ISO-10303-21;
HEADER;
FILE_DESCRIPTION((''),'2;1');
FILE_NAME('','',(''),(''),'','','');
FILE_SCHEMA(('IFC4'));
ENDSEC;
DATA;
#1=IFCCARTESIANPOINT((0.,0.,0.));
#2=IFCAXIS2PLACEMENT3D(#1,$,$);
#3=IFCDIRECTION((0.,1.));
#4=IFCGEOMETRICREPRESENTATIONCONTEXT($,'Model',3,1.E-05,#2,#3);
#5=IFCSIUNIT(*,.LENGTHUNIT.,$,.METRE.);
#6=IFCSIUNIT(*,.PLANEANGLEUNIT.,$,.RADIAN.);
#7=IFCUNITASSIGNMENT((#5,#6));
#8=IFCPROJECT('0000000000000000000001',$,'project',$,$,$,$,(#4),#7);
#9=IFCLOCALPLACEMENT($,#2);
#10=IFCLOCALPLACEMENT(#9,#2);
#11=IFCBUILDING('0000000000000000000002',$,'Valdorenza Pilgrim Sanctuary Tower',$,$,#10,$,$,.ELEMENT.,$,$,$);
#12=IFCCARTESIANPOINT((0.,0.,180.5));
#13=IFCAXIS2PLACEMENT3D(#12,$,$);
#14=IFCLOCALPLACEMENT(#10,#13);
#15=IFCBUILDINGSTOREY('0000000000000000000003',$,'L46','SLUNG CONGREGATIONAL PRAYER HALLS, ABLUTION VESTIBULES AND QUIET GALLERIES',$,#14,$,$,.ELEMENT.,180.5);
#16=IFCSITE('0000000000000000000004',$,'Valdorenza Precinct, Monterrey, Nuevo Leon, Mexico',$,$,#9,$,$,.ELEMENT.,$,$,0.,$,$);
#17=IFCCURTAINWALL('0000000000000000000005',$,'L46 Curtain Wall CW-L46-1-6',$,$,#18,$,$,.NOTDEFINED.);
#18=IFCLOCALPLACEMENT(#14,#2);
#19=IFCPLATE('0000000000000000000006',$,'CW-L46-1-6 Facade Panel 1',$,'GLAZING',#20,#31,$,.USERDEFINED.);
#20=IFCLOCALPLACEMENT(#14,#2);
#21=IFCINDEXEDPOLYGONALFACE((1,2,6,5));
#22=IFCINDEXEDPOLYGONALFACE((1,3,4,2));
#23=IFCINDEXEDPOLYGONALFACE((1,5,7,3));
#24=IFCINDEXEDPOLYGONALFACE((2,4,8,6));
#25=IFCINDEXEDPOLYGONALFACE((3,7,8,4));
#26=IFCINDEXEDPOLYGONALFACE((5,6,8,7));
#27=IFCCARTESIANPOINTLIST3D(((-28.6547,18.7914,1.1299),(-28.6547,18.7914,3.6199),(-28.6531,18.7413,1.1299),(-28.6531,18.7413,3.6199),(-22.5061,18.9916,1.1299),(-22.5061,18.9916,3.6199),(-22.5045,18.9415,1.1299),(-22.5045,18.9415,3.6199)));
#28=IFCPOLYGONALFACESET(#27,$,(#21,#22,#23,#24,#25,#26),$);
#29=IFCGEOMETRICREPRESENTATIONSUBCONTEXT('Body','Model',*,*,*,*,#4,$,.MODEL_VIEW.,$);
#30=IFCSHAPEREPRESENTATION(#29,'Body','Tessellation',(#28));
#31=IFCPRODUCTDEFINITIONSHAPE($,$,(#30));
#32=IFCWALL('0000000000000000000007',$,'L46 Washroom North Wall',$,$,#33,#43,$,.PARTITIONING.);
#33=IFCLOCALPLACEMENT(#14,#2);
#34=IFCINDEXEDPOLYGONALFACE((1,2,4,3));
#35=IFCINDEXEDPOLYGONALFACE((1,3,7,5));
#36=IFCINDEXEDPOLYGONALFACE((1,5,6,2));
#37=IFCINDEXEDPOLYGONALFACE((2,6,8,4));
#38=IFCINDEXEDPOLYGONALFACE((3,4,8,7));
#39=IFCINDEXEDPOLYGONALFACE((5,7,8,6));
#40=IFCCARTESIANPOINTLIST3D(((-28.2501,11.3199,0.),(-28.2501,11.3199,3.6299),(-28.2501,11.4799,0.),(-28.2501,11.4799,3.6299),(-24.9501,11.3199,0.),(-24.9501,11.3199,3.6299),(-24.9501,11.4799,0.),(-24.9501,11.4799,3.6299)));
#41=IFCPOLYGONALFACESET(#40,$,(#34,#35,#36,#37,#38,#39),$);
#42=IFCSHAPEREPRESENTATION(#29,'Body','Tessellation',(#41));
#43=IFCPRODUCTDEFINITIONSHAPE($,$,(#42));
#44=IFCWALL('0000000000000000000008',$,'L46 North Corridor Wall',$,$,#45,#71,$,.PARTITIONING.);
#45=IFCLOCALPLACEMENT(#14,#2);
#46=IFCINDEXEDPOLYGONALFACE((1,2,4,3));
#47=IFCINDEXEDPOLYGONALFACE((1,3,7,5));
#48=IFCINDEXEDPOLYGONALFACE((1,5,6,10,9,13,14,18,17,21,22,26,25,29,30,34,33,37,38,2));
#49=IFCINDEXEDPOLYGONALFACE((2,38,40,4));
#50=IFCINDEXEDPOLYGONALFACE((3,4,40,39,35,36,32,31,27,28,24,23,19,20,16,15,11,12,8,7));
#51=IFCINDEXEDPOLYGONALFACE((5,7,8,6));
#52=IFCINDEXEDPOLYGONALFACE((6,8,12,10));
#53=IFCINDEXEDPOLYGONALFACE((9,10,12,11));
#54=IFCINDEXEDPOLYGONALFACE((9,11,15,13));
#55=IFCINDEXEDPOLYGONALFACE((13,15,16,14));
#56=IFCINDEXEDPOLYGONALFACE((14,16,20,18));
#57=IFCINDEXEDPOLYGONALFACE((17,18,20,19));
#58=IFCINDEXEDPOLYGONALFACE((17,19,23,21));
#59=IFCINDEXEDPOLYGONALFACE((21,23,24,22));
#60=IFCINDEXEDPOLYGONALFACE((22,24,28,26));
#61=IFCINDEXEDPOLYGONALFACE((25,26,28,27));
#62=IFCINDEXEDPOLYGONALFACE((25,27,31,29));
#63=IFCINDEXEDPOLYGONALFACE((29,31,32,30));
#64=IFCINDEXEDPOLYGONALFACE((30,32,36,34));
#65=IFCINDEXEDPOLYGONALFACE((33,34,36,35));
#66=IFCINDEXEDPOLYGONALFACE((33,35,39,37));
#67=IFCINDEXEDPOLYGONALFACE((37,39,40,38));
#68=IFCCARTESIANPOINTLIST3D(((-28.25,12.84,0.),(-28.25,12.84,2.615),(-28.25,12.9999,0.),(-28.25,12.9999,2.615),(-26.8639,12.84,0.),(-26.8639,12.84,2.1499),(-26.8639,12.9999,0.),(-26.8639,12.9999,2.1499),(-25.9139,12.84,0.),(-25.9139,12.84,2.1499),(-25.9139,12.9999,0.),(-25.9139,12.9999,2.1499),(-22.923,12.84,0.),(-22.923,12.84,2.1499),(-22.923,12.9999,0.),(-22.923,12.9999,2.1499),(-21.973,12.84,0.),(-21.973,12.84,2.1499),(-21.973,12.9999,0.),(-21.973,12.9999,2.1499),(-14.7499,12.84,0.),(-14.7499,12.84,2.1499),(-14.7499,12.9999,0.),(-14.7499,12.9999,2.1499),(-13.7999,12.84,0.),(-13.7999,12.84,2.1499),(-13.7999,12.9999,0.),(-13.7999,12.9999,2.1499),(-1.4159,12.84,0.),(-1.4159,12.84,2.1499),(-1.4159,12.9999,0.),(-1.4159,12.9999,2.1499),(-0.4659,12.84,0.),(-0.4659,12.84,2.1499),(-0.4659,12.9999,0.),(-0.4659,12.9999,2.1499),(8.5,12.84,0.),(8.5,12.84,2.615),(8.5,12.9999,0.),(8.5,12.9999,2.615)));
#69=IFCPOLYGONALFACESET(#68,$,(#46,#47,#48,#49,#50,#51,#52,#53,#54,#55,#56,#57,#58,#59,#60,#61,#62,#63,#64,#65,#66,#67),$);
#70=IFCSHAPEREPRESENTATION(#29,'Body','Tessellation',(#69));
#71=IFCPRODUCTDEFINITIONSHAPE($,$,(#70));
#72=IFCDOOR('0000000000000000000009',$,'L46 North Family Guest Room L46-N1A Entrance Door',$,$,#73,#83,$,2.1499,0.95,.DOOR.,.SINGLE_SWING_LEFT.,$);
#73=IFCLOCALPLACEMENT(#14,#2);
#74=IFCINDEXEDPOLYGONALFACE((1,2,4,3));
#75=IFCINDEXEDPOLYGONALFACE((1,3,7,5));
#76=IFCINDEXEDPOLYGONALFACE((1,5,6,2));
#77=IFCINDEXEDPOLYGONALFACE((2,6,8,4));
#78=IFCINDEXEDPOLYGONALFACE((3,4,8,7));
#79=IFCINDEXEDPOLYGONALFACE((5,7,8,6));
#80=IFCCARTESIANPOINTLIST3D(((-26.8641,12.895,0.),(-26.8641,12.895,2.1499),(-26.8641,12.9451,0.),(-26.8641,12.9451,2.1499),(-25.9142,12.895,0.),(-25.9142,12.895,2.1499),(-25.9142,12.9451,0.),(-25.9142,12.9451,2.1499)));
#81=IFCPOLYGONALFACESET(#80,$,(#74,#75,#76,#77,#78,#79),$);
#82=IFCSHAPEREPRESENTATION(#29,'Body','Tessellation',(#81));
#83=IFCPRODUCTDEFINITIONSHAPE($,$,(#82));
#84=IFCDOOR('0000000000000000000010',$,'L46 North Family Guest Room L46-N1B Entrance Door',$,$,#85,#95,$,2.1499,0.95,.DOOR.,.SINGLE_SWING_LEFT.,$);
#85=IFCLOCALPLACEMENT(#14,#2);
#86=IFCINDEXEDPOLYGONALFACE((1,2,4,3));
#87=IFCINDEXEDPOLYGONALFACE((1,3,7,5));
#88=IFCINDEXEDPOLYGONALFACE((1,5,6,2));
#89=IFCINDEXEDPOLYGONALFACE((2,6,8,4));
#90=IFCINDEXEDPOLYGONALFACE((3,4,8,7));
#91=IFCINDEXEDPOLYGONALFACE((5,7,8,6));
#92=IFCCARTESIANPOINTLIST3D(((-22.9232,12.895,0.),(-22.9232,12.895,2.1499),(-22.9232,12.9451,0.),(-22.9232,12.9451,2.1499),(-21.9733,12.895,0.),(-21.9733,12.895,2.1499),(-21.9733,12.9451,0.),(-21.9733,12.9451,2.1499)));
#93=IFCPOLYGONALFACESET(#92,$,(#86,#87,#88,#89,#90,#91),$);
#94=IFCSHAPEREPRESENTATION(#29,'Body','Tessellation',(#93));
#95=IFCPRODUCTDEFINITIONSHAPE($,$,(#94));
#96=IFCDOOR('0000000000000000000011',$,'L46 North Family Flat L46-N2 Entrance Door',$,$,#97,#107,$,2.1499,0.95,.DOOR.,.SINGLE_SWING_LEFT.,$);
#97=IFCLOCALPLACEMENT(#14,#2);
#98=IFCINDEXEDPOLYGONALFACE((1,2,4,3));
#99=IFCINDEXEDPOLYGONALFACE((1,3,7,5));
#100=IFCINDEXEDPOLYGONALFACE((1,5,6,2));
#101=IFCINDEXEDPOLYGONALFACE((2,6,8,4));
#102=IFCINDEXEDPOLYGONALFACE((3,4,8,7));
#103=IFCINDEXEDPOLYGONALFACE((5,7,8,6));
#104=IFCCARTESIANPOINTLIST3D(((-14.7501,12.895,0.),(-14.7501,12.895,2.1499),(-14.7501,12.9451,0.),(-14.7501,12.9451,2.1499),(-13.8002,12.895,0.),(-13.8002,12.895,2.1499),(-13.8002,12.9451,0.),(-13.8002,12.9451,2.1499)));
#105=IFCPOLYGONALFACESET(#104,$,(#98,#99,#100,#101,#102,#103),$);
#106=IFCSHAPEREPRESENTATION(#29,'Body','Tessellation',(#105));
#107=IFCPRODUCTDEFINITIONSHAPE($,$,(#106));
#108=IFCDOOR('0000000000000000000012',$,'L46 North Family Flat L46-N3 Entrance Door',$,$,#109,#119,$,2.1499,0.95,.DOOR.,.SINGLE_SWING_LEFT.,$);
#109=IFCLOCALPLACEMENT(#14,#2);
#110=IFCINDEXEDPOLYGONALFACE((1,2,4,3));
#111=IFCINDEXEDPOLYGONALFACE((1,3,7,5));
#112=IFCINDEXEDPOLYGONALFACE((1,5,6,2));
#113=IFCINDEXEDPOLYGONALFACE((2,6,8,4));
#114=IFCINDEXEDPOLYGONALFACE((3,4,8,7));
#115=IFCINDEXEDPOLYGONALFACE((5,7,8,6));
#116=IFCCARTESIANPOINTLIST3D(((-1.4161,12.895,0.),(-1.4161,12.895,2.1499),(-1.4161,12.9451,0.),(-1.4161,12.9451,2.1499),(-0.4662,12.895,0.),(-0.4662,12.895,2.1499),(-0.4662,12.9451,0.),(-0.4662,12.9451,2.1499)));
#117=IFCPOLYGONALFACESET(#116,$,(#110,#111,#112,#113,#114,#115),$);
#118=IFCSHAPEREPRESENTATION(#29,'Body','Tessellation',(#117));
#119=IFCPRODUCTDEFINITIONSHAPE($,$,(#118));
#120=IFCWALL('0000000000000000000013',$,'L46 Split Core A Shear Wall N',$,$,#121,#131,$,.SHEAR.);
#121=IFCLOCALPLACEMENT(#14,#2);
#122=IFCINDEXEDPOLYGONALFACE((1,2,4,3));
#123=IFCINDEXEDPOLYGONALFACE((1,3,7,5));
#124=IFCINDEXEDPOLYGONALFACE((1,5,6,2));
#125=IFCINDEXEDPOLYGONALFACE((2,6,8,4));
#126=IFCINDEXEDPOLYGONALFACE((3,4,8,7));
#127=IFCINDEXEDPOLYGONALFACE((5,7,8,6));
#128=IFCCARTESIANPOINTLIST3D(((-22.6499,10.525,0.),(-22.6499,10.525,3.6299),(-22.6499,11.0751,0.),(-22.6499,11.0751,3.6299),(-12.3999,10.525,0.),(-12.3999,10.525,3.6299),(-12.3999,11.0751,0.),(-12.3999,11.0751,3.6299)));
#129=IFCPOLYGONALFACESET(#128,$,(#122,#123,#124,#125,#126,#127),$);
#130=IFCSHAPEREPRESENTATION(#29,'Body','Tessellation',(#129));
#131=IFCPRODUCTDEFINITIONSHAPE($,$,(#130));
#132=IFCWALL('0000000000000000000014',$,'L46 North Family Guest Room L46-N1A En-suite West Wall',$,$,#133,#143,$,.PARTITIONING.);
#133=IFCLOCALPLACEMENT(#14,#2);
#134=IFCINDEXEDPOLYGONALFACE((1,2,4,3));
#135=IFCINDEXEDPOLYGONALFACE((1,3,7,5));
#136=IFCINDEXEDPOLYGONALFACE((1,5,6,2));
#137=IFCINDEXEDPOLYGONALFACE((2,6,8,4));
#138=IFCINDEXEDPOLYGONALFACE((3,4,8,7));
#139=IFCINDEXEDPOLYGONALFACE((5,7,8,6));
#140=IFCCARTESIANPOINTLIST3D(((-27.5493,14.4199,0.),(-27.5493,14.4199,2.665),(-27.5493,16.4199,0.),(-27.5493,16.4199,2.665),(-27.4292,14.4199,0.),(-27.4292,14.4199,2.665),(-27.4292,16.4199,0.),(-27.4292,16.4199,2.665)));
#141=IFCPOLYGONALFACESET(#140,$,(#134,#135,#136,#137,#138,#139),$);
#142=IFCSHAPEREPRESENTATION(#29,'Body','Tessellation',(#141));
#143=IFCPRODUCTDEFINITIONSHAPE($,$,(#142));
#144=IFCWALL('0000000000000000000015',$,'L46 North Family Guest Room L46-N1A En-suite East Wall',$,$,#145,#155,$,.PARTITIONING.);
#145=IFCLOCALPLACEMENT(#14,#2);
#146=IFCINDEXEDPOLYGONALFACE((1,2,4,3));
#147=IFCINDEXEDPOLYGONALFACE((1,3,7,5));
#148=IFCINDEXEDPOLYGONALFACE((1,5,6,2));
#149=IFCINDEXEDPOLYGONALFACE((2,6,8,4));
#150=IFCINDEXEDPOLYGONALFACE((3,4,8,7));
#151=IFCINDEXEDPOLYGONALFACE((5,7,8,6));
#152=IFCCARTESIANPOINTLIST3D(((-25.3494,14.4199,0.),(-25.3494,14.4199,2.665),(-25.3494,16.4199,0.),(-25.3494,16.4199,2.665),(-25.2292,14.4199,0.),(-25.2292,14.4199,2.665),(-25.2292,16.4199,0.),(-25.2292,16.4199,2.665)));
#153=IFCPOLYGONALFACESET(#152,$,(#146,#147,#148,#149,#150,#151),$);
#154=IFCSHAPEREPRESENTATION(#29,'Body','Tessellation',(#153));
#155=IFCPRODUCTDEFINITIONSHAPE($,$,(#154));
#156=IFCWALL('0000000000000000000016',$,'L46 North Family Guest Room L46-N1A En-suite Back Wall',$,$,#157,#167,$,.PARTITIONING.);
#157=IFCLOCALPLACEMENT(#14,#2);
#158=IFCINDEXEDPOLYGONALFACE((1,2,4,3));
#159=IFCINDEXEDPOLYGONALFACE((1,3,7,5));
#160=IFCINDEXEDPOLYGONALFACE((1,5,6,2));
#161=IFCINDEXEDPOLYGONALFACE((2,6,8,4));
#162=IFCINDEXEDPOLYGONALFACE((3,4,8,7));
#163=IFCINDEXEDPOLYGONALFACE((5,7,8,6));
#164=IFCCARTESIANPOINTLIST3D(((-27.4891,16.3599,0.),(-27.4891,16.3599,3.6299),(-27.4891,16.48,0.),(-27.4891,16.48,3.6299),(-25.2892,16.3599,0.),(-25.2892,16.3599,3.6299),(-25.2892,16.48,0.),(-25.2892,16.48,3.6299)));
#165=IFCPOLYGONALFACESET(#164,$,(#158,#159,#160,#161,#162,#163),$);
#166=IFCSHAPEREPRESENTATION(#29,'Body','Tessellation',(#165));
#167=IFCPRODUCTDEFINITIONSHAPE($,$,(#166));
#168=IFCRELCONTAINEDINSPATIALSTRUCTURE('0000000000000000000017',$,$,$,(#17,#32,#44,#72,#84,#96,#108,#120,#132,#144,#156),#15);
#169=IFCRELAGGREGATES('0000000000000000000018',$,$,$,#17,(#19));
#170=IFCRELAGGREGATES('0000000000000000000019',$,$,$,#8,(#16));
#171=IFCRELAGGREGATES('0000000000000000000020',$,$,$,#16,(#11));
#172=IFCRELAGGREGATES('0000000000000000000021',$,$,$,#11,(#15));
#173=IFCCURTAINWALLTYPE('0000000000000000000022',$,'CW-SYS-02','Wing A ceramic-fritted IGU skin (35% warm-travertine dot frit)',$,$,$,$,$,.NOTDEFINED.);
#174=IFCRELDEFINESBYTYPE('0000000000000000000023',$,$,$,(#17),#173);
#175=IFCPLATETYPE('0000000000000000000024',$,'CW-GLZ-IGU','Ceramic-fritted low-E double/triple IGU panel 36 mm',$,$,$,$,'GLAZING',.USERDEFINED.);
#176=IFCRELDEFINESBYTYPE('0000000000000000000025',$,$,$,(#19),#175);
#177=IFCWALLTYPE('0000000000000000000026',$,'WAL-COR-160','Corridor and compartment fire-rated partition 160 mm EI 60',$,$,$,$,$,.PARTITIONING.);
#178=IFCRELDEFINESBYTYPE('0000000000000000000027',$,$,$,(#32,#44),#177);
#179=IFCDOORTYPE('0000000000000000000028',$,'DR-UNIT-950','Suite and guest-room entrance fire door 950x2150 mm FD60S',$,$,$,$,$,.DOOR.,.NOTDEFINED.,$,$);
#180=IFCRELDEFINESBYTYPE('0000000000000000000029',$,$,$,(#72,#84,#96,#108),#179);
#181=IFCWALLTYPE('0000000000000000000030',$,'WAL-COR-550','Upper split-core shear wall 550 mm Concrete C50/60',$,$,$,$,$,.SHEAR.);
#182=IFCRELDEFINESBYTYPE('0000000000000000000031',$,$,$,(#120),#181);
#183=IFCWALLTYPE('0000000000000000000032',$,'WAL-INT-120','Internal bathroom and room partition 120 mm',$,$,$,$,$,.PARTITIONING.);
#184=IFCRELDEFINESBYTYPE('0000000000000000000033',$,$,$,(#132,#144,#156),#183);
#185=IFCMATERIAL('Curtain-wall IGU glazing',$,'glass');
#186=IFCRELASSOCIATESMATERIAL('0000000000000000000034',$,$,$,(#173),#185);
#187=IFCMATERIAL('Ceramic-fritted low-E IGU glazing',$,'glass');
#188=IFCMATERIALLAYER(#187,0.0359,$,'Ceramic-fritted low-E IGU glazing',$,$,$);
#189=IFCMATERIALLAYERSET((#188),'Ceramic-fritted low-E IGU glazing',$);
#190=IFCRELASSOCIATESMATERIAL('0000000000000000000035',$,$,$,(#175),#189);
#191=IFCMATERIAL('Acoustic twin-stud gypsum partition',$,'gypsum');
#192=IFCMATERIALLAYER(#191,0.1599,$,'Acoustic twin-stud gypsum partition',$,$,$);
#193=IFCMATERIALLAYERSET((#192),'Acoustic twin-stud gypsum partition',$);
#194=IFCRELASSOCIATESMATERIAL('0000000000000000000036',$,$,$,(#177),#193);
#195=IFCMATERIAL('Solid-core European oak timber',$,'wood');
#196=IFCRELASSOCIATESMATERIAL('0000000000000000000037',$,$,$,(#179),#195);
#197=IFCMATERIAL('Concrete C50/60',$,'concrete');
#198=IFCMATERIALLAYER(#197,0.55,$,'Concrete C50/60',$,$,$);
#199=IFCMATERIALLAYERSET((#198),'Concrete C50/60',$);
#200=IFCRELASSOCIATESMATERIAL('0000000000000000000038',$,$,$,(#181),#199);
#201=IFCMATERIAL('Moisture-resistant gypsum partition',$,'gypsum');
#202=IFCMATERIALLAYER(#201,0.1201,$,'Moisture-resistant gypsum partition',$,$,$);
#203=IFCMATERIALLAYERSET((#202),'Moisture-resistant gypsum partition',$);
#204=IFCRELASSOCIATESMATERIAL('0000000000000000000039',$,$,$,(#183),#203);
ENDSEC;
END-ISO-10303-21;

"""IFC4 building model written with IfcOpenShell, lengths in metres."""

from ifc_helpers import new_model, si_unit, direction, frame, frame_2d, origin, origin_2d, place, context, subcontext, project, spatial, rectangle, extrude, source, transform, mapped, material, layer, layer_set, type_object, element, fill, aggregate, save


model = new_model("IFC4")

# Units and contexts
model_context = context("Model", 3, precision=1e-05, world=origin(), true_north=direction((0.0, 1.0)))
body_context = subcontext(model_context, "Body", "Model", "MODEL_VIEW")
ifc_project = project(units=[si_unit("LENGTHUNIT", "METRE"), si_unit("PLANEANGLEUNIT", "RADIAN")], contexts=[model_context])

# Site, building, storey
site_placement = place(None, origin())
site = spatial("IfcSite", under=ifc_project, at=site_placement, Name="Valdorenza Precinct, Monterrey, Nuevo Leon, Mexico", CompositionType="ELEMENT", RefElevation=0.0)
building_placement = place(site_placement, origin())
building = spatial("IfcBuilding", under=site, at=building_placement, Name="Valdorenza Pilgrim Sanctuary Tower", CompositionType="ELEMENT")
storey_placement = place(building_placement, frame((0.0, 0.0, 180.5)))
storey = spatial("IfcBuildingStorey", under=building, at=storey_placement, Name="L46", Description="SLUNG CONGREGATIONAL PRAYER HALLS, ABLUTION VESTIBULES AND QUIET GALLERIES", CompositionType="ELEMENT", Elevation=180.5)

# Shared definitions
ifc_material_1 = material(Name="Concrete C50/60", Category="concrete")

# Curtain wall, plate
ifc_material_2 = material(Name="Curtain-wall IGU glazing", Category="glass")
curtain_wall_type = type_object("IfcCurtainWallType", Name="CW-SYS-02", Description="Wing A ceramic-fritted IGU skin (35% warm-travertine dot frit)", PredefinedType="NOTDEFINED", material=ifc_material_2)
curtain_wall_placement = place(storey_placement, origin())
curtain_wall = element("IfcCurtainWall", 1, at=curtain_wall_placement, inside=storey, type_object=curtain_wall_type, Name="L46 Curtain Wall CW-L46-1-6", PredefinedType="NOTDEFINED")
ifc_material_3 = material(Name="Ceramic-fritted low-E IGU glazing", Category="glass")
ifc_layer_1 = layer(ifc_material_3, 0.0359, Name="Ceramic-fritted low-E IGU glazing")
ifc_layer_set_1 = layer_set([ifc_layer_1], Name="Ceramic-fritted low-E IGU glazing")
plate_type_1 = type_object("IfcPlateType", Name="CW-GLZ-IGU", Description="Ceramic-fritted low-E double/triple IGU panel 36 mm", ElementType="GLAZING", PredefinedType="USERDEFINED", material=ifc_layer_set_1)
shared_shape_1 = source(origin(), body_context, "Body", "SweptSolid", [
    extrude(rectangle(XDim=6.1519, YDim=0.05, at=origin_2d()), origin(), (0.0, 0.0, 1.0), 2.49),
])
plate_1_placement = place(storey_placement, frame((-25.5796, 18.8665, 1.1299), z_axis=(0.0, 0.0, 1.0), x_axis=(0.99947, 0.032545, 0.0)))
plate_1 = element("IfcPlate", 2, at=plate_1_placement, type_object=plate_type_1, Name="CW-L46-1-6 Facade Panel 1", ObjectType="GLAZING", PredefinedType="USERDEFINED", context=body_context, shape_type="MappedRepresentation", body=[
    mapped(shared_shape_1, transform((0.0, 0.0, 0.0), x_axis=(1.0, 0.0, 0.0), y_axis=(0.0, 1.0, 0.0), z_axis=(0.0, 0.0, 1.0), scale=1.0)),
])
aggregate(curtain_wall, [plate_1])

# Wall
ifc_material_4 = material(Name="Acoustic twin-stud gypsum partition", Category="gypsum")
ifc_layer_2 = layer(ifc_material_4, 0.1599, Name="Acoustic twin-stud gypsum partition")
ifc_layer_set_2 = layer_set([ifc_layer_2], Name="Acoustic twin-stud gypsum partition")
wall_type_1 = type_object("IfcWallType", Name="WAL-COR-160", Description="Corridor and compartment fire-rated partition 160 mm EI 60", PredefinedType="PARTITIONING", material=ifc_layer_set_2)
wall_1_placement = place(storey_placement, frame((-28.25, 11.3999, 0.0), z_axis=(0.0, 0.0, 1.0), x_axis=(1.0, 0.0, 0.0)))
element("IfcWall", 3, at=wall_1_placement, inside=storey, type_object=wall_type_1, Name="L46 Washroom North Wall", PredefinedType="PARTITIONING", context=body_context, shape_type="SweptSolid", body=[
    extrude(rectangle(XDim=3.3, YDim=0.1599, at=frame_2d((1.6499, 0.0))), origin(), (0.0, 0.0, 1.0), 3.6299),
])

# Wall, openings, doors
wall_2_placement = place(storey_placement, frame((-28.25, 12.9199, 0.0), z_axis=(0.0, 0.0, 1.0), x_axis=(1.0, 0.0, 0.0)))
wall_2 = element("IfcWall", 4, at=wall_2_placement, inside=storey, type_object=wall_type_1, Name="L46 North Corridor Wall", PredefinedType="PARTITIONING", context=body_context, shape_type="SweptSolid", body=[
    extrude(rectangle(XDim=36.75, YDim=0.1599, at=frame_2d((18.375, 0.0))), origin(), (0.0, 0.0, 1.0), 2.615),
])
opening_1_placement = place(wall_2_placement, frame((1.386, 0.0, 0.0)))
opening_1 = element("IfcOpeningElement", 5, at=opening_1_placement, cuts=wall_2, PredefinedType="OPENING", context=body_context, shape_type="SweptSolid", body=[
    extrude(rectangle(XDim=0.95, YDim=2.1499, at=frame_2d((0.4751, 1.075))), frame((0.0, 0.0947, 0.0), z_axis=(0.0, -1.0, 0.0), x_axis=(1.0, 0.0, 0.0)), (0.0, 0.0, 1.0), 0.1897),
])
opening_2_placement = place(wall_2_placement, frame((5.3269, 0.0, 0.0)))
opening_2 = element("IfcOpeningElement", 6, at=opening_2_placement, cuts=wall_2, PredefinedType="OPENING", context=body_context, shape_type="SweptSolid", body=[
    extrude(rectangle(XDim=0.95, YDim=2.1499, at=frame_2d((0.4751, 1.075))), frame((0.0, 0.0947, 0.0), z_axis=(0.0, -1.0, 0.0), x_axis=(1.0, 0.0, 0.0)), (0.0, 0.0, 1.0), 0.1897),
])
opening_3_placement = place(wall_2_placement, frame((13.5, 0.0, 0.0)))
opening_3 = element("IfcOpeningElement", 7, at=opening_3_placement, cuts=wall_2, PredefinedType="OPENING", context=body_context, shape_type="SweptSolid", body=[
    extrude(rectangle(XDim=0.95, YDim=2.1499, at=frame_2d((0.4751, 1.075))), frame((0.0, 0.0947, 0.0), z_axis=(0.0, -1.0, 0.0), x_axis=(1.0, 0.0, 0.0)), (0.0, 0.0, 1.0), 0.1897),
])
opening_4_placement = place(wall_2_placement, frame((26.834, 0.0, 0.0)))
opening_4 = element("IfcOpeningElement", 8, at=opening_4_placement, cuts=wall_2, PredefinedType="OPENING", context=body_context, shape_type="SweptSolid", body=[
    extrude(rectangle(XDim=0.95, YDim=2.1499, at=frame_2d((0.4751, 1.075))), frame((0.0, 0.0947, 0.0), z_axis=(0.0, -1.0, 0.0), x_axis=(1.0, 0.0, 0.0)), (0.0, 0.0, 1.0), 0.1897),
])
ifc_material_5 = material(Name="Solid-core European oak timber", Category="wood")
door_type_1 = type_object("IfcDoorType", Name="DR-UNIT-950", Description="Suite and guest-room entrance fire door 950x2150 mm FD60S", OperationType="NOTDEFINED", PredefinedType="DOOR", material=ifc_material_5)
door_1_placement = place(opening_1_placement, frame((0.95, 0.0, 0.0), z_axis=(0.0, 0.0, 1.0), x_axis=(-1.0, 0.0, 0.0)))
door_1 = element("IfcDoor", 9, at=door_1_placement, inside=storey, type_object=door_type_1, Name="L46 North Family Guest Room L46-N1A Entrance Door", OperationType="SINGLE_SWING_LEFT", OverallHeight=2.1499, OverallWidth=0.95, PredefinedType="DOOR", context=body_context, shape_type="SweptSolid", body=[
    extrude(rectangle(XDim=0.95, YDim=2.1499, at=frame_2d((0.4751, 1.075))), frame((0.0, 0.0249, 0.0), z_axis=(0.0, -1.0, 0.0), x_axis=(1.0, 0.0, 0.0)), (0.0, 0.0, 1.0), 0.05),
])
fill(opening_1, door_1)
door_2_placement = place(opening_2_placement, frame((0.95, 0.0, 0.0), z_axis=(0.0, 0.0, 1.0), x_axis=(-1.0, 0.0, 0.0)))
door_2 = element("IfcDoor", 10, at=door_2_placement, inside=storey, type_object=door_type_1, Name="L46 North Family Guest Room L46-N1B Entrance Door", OperationType="SINGLE_SWING_LEFT", OverallHeight=2.1499, OverallWidth=0.95, PredefinedType="DOOR", context=body_context, shape_type="SweptSolid", body=[
    extrude(rectangle(XDim=0.95, YDim=2.1499, at=frame_2d((0.4751, 1.075))), frame((0.0, 0.0249, 0.0), z_axis=(0.0, -1.0, 0.0), x_axis=(1.0, 0.0, 0.0)), (0.0, 0.0, 1.0), 0.05),
])
fill(opening_2, door_2)
door_3_placement = place(opening_3_placement, frame((0.95, 0.0, 0.0), z_axis=(0.0, 0.0, 1.0), x_axis=(-1.0, 0.0, 0.0)))
door_3 = element("IfcDoor", 11, at=door_3_placement, inside=storey, type_object=door_type_1, Name="L46 North Family Flat L46-N2 Entrance Door", OperationType="SINGLE_SWING_LEFT", OverallHeight=2.1499, OverallWidth=0.95, PredefinedType="DOOR", context=body_context, shape_type="SweptSolid", body=[
    extrude(rectangle(XDim=0.95, YDim=2.1499, at=frame_2d((0.4751, 1.075))), frame((0.0, 0.0249, 0.0), z_axis=(0.0, -1.0, 0.0), x_axis=(1.0, 0.0, 0.0)), (0.0, 0.0, 1.0), 0.05),
])
fill(opening_3, door_3)
door_4_placement = place(opening_4_placement, frame((0.95, 0.0, 0.0), z_axis=(0.0, 0.0, 1.0), x_axis=(-1.0, 0.0, 0.0)))
door_4 = element("IfcDoor", 12, at=door_4_placement, inside=storey, type_object=door_type_1, Name="L46 North Family Flat L46-N3 Entrance Door", OperationType="SINGLE_SWING_LEFT", OverallHeight=2.1499, OverallWidth=0.95, PredefinedType="DOOR", context=body_context, shape_type="SweptSolid", body=[
    extrude(rectangle(XDim=0.95, YDim=2.1499, at=frame_2d((0.4751, 1.075))), frame((0.0, 0.0249, 0.0), z_axis=(0.0, -1.0, 0.0), x_axis=(1.0, 0.0, 0.0)), (0.0, 0.0, 1.0), 0.05),
])
fill(opening_4, door_4)

# Walls
ifc_layer_3 = layer(ifc_material_1, 0.55, Name="Concrete C50/60")
ifc_layer_set_3 = layer_set([ifc_layer_3], Name="Concrete C50/60")
wall_type_2 = type_object("IfcWallType", Name="WAL-COR-550", Description="Upper split-core shear wall 550 mm Concrete C50/60", PredefinedType="SHEAR", material=ifc_layer_set_3)
wall_3_placement = place(storey_placement, frame((-22.6499, 10.8, 0.0), z_axis=(0.0, 0.0, 1.0), x_axis=(1.0, 0.0, 0.0)))
element("IfcWall", 13, at=wall_3_placement, inside=storey, type_object=wall_type_2, Name="L46 Split Core A Shear Wall N", PredefinedType="SHEAR", context=body_context, shape_type="SweptSolid", body=[
    extrude(rectangle(XDim=10.25, YDim=0.55, at=frame_2d((5.125, 0.0))), origin(), (0.0, 0.0, 1.0), 3.6299),
])
ifc_material_6 = material(Name="Moisture-resistant gypsum partition", Category="gypsum")
ifc_layer_4 = layer(ifc_material_6, 0.1201, Name="Moisture-resistant gypsum partition")
ifc_layer_set_4 = layer_set([ifc_layer_4], Name="Moisture-resistant gypsum partition")
wall_type_3 = type_object("IfcWallType", Name="WAL-INT-120", Description="Internal bathroom and room partition 120 mm", PredefinedType="PARTITIONING", material=ifc_layer_set_4)
for number, where, z_axis, x_axis, name in (
    (14, (-27.4893, 14.4199, 0.0), (0.0, 0.0, 1.0), (0.0, 1.0, 0.0), "L46 North Family Guest Room L46-N1A En-suite West Wall"),
    (15, (-25.2893, 14.4199, 0.0), (0.0, 0.0, 1.0), (0.0, 1.0, 0.0), "L46 North Family Guest Room L46-N1A En-suite East Wall"),
):
    element("IfcWall", number, at=place(storey_placement, frame(where, z_axis=z_axis, x_axis=x_axis)), inside=storey, type_object=wall_type_3, Name=name, PredefinedType="PARTITIONING", context=body_context, shape_type="SweptSolid", body=[
        extrude(rectangle(XDim=2.0, YDim=0.1201, at=frame_2d((1.0, 0.0))), origin(), (0.0, 0.0, 1.0), 2.665),
    ])
wall_4_placement = place(storey_placement, frame((-27.4893, 16.4199, 0.0), z_axis=(0.0, 0.0, 1.0), x_axis=(1.0, 0.0, 0.0)))
element("IfcWall", 16, at=wall_4_placement, inside=storey, type_object=wall_type_3, Name="L46 North Family Guest Room L46-N1A En-suite Back Wall", PredefinedType="PARTITIONING", context=body_context, shape_type="SweptSolid", body=[
    extrude(rectangle(XDim=2.2, YDim=0.1201, at=frame_2d((1.1001, 0.0))), origin(), (0.0, 0.0, 1.0), 3.6299),
])

save(model, "model.ifc")
